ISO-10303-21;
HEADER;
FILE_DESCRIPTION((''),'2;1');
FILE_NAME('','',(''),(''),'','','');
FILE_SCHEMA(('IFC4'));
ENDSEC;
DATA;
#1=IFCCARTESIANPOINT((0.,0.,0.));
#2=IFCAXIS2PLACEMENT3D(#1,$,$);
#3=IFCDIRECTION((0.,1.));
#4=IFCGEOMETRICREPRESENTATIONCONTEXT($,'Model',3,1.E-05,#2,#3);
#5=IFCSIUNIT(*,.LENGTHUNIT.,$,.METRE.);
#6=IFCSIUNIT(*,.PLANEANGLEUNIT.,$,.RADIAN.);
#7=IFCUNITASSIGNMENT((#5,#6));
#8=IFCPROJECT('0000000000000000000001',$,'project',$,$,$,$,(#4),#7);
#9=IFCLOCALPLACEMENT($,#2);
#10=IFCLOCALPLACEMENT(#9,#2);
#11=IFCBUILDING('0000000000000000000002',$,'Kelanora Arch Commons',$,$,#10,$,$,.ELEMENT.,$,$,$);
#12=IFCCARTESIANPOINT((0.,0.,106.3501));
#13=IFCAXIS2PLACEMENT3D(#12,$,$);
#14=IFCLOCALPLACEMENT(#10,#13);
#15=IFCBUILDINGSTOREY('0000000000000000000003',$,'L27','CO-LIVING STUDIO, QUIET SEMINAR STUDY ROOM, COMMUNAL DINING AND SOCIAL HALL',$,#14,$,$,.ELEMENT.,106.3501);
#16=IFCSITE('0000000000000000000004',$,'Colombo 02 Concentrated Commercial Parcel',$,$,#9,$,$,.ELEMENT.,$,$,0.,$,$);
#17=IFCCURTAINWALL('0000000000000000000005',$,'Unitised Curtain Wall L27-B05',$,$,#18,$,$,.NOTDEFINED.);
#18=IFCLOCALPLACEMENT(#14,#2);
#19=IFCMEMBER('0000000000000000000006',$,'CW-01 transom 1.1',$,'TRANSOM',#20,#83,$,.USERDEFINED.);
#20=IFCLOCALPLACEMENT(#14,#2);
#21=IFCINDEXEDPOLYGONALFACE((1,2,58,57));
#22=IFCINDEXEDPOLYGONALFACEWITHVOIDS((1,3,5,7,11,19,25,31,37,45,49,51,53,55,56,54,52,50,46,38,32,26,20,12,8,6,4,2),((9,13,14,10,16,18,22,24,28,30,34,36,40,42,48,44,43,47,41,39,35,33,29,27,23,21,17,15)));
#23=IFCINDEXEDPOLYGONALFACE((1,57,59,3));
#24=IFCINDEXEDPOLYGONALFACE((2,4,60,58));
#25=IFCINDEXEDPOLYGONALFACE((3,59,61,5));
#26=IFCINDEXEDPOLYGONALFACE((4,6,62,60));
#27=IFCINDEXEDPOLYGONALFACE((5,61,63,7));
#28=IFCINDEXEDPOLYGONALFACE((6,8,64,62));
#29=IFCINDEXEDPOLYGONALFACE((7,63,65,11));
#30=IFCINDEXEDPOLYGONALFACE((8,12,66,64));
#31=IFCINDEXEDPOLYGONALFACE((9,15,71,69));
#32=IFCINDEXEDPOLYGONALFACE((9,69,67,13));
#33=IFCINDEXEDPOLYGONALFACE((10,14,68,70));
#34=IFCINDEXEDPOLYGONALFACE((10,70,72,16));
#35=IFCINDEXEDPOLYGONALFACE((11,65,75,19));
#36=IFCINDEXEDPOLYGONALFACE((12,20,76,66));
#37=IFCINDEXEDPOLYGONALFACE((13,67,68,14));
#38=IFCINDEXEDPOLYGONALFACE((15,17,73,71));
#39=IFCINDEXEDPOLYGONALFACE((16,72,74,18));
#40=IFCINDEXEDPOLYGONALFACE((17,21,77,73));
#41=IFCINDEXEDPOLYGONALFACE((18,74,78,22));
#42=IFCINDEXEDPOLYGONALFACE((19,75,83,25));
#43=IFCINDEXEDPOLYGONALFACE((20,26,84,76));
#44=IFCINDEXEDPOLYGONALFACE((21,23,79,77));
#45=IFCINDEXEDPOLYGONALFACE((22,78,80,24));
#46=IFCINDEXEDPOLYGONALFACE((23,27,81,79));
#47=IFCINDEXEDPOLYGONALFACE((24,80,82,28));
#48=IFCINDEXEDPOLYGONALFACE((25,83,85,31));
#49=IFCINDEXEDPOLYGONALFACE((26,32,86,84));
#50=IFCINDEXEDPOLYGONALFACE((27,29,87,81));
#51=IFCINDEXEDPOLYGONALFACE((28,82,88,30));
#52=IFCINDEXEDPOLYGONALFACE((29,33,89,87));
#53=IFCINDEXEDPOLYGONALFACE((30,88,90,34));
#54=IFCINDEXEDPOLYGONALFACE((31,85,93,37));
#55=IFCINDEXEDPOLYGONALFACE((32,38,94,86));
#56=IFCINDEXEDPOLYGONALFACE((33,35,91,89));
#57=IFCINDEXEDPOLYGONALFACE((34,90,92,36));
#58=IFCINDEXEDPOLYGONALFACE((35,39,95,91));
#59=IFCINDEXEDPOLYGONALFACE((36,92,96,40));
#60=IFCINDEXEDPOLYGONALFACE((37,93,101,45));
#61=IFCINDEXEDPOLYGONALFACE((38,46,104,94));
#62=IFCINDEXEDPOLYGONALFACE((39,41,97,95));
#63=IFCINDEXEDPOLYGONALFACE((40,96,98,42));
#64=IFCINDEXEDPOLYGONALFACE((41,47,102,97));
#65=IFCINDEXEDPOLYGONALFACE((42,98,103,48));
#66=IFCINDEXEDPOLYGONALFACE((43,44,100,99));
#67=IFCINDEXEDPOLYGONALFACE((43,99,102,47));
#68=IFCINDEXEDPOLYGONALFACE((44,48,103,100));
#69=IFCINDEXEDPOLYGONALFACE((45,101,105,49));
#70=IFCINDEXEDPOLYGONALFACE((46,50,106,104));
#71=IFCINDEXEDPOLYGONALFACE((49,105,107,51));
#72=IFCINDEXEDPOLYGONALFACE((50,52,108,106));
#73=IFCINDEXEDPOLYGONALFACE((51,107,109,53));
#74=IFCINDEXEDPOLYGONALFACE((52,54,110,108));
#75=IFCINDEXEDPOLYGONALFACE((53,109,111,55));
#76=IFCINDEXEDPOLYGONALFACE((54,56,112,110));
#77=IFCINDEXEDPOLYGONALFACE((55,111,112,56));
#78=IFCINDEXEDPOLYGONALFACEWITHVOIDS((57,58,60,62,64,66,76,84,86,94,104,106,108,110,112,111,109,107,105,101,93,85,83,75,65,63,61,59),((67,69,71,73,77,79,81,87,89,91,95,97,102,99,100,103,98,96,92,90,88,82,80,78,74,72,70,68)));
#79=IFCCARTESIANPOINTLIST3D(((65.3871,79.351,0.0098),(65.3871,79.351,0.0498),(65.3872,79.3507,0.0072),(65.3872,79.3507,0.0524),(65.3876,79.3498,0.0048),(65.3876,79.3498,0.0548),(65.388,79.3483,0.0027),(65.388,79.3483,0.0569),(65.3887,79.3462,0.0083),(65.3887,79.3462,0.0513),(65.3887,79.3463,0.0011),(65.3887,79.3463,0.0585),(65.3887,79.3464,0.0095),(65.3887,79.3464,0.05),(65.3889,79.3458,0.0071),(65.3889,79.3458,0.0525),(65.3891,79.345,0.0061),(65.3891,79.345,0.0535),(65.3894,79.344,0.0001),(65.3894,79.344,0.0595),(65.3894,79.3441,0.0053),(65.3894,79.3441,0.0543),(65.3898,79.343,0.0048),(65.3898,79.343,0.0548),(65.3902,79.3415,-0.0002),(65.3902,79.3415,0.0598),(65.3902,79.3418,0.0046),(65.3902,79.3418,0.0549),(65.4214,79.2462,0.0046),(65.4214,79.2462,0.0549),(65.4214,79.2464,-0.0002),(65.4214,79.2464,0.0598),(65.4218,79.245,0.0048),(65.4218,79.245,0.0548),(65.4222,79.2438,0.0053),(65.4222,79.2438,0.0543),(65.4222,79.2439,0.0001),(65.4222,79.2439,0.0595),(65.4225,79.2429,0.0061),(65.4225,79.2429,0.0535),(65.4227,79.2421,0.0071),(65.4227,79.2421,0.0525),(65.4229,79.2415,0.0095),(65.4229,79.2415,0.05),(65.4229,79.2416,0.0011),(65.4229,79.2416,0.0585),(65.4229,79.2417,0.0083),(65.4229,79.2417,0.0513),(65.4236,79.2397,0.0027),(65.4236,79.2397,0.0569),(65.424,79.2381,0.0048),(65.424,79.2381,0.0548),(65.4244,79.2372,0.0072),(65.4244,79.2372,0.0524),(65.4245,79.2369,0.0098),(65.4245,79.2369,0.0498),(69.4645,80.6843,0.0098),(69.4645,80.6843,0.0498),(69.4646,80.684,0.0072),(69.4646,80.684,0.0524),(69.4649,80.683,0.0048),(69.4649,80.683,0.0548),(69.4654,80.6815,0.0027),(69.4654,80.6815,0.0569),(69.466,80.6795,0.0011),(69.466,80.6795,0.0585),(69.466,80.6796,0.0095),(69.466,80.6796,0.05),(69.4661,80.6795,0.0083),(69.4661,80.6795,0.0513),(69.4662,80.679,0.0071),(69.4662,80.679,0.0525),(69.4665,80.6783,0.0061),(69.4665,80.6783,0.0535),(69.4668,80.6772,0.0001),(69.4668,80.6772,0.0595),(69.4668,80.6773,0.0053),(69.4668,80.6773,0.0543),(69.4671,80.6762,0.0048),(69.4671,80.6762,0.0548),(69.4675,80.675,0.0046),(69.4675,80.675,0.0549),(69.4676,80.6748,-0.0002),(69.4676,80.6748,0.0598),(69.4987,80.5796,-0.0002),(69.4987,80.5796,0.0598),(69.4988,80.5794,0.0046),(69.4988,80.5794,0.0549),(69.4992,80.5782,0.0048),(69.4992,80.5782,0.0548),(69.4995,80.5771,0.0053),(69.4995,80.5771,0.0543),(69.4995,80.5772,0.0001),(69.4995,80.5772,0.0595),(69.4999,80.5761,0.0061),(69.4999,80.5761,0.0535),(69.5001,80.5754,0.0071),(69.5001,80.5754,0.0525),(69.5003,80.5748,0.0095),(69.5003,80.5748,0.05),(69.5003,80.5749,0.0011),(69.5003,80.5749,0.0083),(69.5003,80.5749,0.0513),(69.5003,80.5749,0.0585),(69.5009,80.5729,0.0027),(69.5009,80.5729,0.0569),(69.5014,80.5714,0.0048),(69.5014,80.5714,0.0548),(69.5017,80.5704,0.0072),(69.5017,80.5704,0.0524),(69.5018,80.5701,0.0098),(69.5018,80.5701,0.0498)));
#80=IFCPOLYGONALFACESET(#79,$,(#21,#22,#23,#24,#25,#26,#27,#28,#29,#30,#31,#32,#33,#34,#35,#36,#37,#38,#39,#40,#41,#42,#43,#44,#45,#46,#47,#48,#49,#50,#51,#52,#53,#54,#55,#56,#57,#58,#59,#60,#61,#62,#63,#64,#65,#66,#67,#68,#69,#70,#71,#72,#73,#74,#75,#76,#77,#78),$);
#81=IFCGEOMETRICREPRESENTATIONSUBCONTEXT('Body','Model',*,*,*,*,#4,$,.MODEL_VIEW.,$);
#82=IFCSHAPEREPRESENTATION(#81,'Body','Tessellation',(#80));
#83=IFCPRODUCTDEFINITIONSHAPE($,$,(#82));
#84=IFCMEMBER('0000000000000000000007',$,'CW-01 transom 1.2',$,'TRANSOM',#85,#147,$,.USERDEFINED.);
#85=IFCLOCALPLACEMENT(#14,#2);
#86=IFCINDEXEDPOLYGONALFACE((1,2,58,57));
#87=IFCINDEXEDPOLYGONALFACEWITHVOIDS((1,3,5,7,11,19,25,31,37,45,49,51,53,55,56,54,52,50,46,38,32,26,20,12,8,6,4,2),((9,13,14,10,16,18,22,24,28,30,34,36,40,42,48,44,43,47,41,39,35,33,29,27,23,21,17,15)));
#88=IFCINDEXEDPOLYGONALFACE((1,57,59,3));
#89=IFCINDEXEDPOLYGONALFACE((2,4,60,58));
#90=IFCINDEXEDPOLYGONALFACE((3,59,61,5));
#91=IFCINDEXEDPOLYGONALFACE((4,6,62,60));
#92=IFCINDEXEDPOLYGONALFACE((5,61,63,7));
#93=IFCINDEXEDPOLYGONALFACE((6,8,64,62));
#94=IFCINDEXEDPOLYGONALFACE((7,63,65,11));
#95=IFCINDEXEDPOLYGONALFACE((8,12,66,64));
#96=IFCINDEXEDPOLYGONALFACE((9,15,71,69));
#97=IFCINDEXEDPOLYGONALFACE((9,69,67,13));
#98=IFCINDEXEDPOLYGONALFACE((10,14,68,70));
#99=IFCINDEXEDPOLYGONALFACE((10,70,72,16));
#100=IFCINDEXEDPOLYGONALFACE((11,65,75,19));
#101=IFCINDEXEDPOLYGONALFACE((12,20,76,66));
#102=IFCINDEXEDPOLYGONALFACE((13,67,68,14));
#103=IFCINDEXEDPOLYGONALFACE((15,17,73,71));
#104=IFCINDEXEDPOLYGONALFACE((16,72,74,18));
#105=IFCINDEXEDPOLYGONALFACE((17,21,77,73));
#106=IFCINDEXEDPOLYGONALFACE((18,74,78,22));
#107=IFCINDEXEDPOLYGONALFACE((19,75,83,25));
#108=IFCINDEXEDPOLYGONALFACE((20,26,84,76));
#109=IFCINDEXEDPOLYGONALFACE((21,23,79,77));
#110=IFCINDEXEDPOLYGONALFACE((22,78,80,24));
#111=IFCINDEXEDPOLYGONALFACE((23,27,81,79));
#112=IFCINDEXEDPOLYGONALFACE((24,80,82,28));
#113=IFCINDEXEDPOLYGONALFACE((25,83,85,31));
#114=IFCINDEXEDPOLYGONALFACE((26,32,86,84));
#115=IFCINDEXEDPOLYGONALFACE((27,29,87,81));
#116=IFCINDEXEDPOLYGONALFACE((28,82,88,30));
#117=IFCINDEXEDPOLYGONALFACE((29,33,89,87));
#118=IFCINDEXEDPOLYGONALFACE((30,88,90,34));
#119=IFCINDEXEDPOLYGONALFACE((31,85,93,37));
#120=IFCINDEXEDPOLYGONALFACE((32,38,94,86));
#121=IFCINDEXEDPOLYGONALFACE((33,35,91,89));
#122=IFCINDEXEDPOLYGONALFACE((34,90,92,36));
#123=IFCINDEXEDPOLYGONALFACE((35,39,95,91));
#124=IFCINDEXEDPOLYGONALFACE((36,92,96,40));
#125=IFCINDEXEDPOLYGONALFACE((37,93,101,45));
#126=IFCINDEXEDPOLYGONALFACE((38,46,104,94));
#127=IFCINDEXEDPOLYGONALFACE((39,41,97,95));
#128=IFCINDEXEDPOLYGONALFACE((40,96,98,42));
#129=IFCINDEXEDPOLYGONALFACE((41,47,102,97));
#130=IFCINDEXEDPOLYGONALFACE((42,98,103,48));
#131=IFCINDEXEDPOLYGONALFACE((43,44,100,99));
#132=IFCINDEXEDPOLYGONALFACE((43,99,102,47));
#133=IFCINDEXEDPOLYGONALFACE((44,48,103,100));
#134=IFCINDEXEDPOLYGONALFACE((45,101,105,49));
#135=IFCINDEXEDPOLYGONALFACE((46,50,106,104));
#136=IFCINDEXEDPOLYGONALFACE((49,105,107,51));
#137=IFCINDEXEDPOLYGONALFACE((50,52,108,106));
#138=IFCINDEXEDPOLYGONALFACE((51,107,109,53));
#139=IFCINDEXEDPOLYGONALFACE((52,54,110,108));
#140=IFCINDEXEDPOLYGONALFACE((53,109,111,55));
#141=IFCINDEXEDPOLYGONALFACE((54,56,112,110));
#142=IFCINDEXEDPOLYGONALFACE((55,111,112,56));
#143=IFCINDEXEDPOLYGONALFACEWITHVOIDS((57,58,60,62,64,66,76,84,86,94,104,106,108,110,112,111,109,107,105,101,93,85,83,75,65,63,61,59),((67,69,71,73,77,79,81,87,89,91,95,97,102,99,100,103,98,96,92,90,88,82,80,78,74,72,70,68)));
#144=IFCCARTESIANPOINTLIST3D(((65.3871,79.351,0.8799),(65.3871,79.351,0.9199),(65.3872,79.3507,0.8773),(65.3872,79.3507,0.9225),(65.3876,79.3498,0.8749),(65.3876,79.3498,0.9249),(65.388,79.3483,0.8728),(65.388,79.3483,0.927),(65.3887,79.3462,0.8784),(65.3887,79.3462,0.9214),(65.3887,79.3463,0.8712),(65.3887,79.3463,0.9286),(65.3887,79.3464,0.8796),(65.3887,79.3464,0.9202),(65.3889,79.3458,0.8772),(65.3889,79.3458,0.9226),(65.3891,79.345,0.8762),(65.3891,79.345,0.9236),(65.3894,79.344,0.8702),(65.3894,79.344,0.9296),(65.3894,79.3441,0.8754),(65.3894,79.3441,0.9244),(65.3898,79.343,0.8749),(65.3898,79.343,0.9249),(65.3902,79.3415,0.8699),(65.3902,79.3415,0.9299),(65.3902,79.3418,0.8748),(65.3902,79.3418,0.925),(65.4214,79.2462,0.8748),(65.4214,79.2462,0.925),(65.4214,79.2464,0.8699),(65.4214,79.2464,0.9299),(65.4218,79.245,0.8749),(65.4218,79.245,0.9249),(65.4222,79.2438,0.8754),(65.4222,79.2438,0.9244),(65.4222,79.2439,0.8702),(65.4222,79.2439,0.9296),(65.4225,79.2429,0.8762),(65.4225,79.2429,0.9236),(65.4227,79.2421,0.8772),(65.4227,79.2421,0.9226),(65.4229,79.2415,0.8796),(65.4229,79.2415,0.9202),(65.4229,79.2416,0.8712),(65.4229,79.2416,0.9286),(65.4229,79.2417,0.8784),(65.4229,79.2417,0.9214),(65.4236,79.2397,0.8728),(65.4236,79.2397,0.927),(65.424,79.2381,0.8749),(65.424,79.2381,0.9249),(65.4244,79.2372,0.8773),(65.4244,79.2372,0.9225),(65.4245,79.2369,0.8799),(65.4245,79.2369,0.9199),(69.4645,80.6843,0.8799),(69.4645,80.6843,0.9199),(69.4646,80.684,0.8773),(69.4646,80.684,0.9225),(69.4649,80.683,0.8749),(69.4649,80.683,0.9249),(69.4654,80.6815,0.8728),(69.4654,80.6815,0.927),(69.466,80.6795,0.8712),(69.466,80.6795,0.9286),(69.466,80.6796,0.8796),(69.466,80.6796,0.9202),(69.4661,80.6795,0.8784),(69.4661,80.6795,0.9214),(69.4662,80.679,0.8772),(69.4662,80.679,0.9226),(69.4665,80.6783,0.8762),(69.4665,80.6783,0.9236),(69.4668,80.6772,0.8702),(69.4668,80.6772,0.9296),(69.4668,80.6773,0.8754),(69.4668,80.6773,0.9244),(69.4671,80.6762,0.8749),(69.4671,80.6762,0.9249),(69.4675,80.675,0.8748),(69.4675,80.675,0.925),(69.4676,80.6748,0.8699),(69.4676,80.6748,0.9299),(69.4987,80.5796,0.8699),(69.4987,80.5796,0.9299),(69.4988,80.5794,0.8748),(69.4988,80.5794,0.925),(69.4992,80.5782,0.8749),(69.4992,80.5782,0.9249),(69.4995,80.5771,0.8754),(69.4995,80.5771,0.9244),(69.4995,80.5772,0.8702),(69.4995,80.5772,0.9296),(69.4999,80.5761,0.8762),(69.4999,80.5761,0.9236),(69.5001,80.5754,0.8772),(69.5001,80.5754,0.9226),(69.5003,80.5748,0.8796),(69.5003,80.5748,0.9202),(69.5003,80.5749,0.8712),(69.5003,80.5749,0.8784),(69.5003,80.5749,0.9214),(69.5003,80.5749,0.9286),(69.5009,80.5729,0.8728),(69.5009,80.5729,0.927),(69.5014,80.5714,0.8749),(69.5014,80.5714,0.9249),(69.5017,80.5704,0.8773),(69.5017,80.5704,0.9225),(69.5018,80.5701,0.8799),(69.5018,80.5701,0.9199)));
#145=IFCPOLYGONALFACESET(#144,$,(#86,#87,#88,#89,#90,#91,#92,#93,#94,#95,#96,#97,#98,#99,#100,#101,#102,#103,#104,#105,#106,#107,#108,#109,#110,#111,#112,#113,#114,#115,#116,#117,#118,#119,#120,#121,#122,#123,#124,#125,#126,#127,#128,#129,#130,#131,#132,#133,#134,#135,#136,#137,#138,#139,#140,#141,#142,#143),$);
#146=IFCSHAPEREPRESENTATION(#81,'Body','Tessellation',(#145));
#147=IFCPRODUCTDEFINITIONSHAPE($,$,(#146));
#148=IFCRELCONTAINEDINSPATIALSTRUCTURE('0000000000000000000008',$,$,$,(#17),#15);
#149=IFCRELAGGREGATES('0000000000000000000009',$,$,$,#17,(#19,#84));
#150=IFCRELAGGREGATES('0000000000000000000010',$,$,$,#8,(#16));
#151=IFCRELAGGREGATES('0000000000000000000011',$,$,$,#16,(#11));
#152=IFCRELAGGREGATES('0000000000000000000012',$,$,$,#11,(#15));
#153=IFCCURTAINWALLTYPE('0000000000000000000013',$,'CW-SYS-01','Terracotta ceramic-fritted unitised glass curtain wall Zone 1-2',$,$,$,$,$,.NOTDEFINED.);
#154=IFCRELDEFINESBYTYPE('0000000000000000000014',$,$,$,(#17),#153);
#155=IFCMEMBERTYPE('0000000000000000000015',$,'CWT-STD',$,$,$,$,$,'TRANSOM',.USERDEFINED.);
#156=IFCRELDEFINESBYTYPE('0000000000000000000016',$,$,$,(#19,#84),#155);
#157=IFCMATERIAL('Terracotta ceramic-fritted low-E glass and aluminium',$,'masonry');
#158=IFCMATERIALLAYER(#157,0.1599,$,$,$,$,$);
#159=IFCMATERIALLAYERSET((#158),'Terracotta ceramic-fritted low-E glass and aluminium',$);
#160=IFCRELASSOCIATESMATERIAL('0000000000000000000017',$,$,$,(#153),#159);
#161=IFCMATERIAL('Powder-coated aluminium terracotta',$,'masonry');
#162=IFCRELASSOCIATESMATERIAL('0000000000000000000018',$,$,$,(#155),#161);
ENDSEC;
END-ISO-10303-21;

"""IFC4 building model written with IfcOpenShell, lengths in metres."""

from ifc_helpers import new_model, si_unit, direction, frame, origin, origin_2d, place, context, subcontext, project, spatial, hollow_rectangle, extrude, material, layer, layer_set, material_profile, profile_set, type_object, element, aggregate, save


model = new_model("IFC4")

# Units and contexts
model_context = context("Model", 3, precision=1e-05, world=origin(), true_north=direction((0.0, 1.0)))
body_context = subcontext(model_context, "Body", "Model", "MODEL_VIEW")
ifc_project = project(units=[si_unit("LENGTHUNIT", "METRE"), si_unit("PLANEANGLEUNIT", "RADIAN")], contexts=[model_context])

# Site, building, storey
site_placement = place(None, origin())
site = spatial("IfcSite", under=ifc_project, at=site_placement, Name="Colombo 02 Concentrated Commercial Parcel", CompositionType="ELEMENT", RefElevation=0.0)
building_placement = place(site_placement, origin())
building = spatial("IfcBuilding", under=site, at=building_placement, Name="Kelanora Arch Commons", CompositionType="ELEMENT")
storey_placement = place(building_placement, frame((0.0, 0.0, 106.3501)))
storey = spatial("IfcBuildingStorey", under=building, at=storey_placement, Name="L27", Description="CO-LIVING STUDIO, QUIET SEMINAR STUDY ROOM, COMMUNAL DINING AND SOCIAL HALL", CompositionType="ELEMENT", Elevation=106.3501)

# Curtain wall, members
ifc_material_1 = material(Name="Terracotta ceramic-fritted low-E glass and aluminium", Category="masonry")
ifc_layer_1 = layer(ifc_material_1, 0.1599)
ifc_layer_set_1 = layer_set([ifc_layer_1], Name="Terracotta ceramic-fritted low-E glass and aluminium")
curtain_wall_type = type_object("IfcCurtainWallType", Name="CW-SYS-01", Description="Terracotta ceramic-fritted unitised glass curtain wall Zone 1-2", PredefinedType="NOTDEFINED", material=ifc_layer_set_1)
curtain_wall_placement = place(storey_placement, origin())
curtain_wall = element("IfcCurtainWall", 1, at=curtain_wall_placement, inside=storey, type_object=curtain_wall_type, Name="Unitised Curtain Wall L27-B05", PredefinedType="NOTDEFINED")
ifc_material_2 = material(Name="Powder-coated aluminium terracotta", Category="masonry")
ifc_material_profile_1 = material_profile(ifc_material_2, hollow_rectangle(XDim=0.1201, YDim=0.0601, WallThickness=0.0049, InnerFilletRadius=0.0049, OuterFilletRadius=0.01, at=origin_2d()), Name="CWT120x60")
ifc_profile_set_1 = profile_set([ifc_material_profile_1], Name="Powder-coated aluminium terracotta")
member_type_1 = type_object("IfcMemberType", Name="CWT-STD", ElementType="TRANSOM", PredefinedType="USERDEFINED", material=ifc_profile_set_1)
member_1_placement = place(storey_placement, frame((69.4832, 80.6272, 0.0298), z_axis=(-0.950478, -0.310793, 0.0), x_axis=(0.310793, -0.950478, 0.0)))
member_1 = element("IfcMember", 2, at=member_1_placement, type_object=member_type_1, Name="CW-01 transom 1.1", ObjectType="TRANSOM", PredefinedType="USERDEFINED", context=body_context, shape_type="SweptSolid", body=[
    extrude(hollow_rectangle(XDim=0.1201, YDim=0.0601, WallThickness=0.0049, InnerFilletRadius=0.0049, OuterFilletRadius=0.01, at=origin_2d()), origin(), (0.0, 0.0, 1.0), 4.2898),
])
member_2_placement = place(storey_placement, frame((69.4832, 80.6272, 0.8999), z_axis=(-0.950478, -0.310793, 0.0), x_axis=(0.310793, -0.950478, 0.0)))
member_2 = element("IfcMember", 3, at=member_2_placement, type_object=member_type_1, Name="CW-01 transom 1.2", ObjectType="TRANSOM", PredefinedType="USERDEFINED", context=body_context, shape_type="SweptSolid", body=[
    extrude(hollow_rectangle(XDim=0.1201, YDim=0.0601, WallThickness=0.0049, InnerFilletRadius=0.0049, OuterFilletRadius=0.01, at=origin_2d()), origin(), (0.0, 0.0, 1.0), 4.2898),
])
aggregate(curtain_wall, [member_1, member_2])

save(model, "model.ifc")
